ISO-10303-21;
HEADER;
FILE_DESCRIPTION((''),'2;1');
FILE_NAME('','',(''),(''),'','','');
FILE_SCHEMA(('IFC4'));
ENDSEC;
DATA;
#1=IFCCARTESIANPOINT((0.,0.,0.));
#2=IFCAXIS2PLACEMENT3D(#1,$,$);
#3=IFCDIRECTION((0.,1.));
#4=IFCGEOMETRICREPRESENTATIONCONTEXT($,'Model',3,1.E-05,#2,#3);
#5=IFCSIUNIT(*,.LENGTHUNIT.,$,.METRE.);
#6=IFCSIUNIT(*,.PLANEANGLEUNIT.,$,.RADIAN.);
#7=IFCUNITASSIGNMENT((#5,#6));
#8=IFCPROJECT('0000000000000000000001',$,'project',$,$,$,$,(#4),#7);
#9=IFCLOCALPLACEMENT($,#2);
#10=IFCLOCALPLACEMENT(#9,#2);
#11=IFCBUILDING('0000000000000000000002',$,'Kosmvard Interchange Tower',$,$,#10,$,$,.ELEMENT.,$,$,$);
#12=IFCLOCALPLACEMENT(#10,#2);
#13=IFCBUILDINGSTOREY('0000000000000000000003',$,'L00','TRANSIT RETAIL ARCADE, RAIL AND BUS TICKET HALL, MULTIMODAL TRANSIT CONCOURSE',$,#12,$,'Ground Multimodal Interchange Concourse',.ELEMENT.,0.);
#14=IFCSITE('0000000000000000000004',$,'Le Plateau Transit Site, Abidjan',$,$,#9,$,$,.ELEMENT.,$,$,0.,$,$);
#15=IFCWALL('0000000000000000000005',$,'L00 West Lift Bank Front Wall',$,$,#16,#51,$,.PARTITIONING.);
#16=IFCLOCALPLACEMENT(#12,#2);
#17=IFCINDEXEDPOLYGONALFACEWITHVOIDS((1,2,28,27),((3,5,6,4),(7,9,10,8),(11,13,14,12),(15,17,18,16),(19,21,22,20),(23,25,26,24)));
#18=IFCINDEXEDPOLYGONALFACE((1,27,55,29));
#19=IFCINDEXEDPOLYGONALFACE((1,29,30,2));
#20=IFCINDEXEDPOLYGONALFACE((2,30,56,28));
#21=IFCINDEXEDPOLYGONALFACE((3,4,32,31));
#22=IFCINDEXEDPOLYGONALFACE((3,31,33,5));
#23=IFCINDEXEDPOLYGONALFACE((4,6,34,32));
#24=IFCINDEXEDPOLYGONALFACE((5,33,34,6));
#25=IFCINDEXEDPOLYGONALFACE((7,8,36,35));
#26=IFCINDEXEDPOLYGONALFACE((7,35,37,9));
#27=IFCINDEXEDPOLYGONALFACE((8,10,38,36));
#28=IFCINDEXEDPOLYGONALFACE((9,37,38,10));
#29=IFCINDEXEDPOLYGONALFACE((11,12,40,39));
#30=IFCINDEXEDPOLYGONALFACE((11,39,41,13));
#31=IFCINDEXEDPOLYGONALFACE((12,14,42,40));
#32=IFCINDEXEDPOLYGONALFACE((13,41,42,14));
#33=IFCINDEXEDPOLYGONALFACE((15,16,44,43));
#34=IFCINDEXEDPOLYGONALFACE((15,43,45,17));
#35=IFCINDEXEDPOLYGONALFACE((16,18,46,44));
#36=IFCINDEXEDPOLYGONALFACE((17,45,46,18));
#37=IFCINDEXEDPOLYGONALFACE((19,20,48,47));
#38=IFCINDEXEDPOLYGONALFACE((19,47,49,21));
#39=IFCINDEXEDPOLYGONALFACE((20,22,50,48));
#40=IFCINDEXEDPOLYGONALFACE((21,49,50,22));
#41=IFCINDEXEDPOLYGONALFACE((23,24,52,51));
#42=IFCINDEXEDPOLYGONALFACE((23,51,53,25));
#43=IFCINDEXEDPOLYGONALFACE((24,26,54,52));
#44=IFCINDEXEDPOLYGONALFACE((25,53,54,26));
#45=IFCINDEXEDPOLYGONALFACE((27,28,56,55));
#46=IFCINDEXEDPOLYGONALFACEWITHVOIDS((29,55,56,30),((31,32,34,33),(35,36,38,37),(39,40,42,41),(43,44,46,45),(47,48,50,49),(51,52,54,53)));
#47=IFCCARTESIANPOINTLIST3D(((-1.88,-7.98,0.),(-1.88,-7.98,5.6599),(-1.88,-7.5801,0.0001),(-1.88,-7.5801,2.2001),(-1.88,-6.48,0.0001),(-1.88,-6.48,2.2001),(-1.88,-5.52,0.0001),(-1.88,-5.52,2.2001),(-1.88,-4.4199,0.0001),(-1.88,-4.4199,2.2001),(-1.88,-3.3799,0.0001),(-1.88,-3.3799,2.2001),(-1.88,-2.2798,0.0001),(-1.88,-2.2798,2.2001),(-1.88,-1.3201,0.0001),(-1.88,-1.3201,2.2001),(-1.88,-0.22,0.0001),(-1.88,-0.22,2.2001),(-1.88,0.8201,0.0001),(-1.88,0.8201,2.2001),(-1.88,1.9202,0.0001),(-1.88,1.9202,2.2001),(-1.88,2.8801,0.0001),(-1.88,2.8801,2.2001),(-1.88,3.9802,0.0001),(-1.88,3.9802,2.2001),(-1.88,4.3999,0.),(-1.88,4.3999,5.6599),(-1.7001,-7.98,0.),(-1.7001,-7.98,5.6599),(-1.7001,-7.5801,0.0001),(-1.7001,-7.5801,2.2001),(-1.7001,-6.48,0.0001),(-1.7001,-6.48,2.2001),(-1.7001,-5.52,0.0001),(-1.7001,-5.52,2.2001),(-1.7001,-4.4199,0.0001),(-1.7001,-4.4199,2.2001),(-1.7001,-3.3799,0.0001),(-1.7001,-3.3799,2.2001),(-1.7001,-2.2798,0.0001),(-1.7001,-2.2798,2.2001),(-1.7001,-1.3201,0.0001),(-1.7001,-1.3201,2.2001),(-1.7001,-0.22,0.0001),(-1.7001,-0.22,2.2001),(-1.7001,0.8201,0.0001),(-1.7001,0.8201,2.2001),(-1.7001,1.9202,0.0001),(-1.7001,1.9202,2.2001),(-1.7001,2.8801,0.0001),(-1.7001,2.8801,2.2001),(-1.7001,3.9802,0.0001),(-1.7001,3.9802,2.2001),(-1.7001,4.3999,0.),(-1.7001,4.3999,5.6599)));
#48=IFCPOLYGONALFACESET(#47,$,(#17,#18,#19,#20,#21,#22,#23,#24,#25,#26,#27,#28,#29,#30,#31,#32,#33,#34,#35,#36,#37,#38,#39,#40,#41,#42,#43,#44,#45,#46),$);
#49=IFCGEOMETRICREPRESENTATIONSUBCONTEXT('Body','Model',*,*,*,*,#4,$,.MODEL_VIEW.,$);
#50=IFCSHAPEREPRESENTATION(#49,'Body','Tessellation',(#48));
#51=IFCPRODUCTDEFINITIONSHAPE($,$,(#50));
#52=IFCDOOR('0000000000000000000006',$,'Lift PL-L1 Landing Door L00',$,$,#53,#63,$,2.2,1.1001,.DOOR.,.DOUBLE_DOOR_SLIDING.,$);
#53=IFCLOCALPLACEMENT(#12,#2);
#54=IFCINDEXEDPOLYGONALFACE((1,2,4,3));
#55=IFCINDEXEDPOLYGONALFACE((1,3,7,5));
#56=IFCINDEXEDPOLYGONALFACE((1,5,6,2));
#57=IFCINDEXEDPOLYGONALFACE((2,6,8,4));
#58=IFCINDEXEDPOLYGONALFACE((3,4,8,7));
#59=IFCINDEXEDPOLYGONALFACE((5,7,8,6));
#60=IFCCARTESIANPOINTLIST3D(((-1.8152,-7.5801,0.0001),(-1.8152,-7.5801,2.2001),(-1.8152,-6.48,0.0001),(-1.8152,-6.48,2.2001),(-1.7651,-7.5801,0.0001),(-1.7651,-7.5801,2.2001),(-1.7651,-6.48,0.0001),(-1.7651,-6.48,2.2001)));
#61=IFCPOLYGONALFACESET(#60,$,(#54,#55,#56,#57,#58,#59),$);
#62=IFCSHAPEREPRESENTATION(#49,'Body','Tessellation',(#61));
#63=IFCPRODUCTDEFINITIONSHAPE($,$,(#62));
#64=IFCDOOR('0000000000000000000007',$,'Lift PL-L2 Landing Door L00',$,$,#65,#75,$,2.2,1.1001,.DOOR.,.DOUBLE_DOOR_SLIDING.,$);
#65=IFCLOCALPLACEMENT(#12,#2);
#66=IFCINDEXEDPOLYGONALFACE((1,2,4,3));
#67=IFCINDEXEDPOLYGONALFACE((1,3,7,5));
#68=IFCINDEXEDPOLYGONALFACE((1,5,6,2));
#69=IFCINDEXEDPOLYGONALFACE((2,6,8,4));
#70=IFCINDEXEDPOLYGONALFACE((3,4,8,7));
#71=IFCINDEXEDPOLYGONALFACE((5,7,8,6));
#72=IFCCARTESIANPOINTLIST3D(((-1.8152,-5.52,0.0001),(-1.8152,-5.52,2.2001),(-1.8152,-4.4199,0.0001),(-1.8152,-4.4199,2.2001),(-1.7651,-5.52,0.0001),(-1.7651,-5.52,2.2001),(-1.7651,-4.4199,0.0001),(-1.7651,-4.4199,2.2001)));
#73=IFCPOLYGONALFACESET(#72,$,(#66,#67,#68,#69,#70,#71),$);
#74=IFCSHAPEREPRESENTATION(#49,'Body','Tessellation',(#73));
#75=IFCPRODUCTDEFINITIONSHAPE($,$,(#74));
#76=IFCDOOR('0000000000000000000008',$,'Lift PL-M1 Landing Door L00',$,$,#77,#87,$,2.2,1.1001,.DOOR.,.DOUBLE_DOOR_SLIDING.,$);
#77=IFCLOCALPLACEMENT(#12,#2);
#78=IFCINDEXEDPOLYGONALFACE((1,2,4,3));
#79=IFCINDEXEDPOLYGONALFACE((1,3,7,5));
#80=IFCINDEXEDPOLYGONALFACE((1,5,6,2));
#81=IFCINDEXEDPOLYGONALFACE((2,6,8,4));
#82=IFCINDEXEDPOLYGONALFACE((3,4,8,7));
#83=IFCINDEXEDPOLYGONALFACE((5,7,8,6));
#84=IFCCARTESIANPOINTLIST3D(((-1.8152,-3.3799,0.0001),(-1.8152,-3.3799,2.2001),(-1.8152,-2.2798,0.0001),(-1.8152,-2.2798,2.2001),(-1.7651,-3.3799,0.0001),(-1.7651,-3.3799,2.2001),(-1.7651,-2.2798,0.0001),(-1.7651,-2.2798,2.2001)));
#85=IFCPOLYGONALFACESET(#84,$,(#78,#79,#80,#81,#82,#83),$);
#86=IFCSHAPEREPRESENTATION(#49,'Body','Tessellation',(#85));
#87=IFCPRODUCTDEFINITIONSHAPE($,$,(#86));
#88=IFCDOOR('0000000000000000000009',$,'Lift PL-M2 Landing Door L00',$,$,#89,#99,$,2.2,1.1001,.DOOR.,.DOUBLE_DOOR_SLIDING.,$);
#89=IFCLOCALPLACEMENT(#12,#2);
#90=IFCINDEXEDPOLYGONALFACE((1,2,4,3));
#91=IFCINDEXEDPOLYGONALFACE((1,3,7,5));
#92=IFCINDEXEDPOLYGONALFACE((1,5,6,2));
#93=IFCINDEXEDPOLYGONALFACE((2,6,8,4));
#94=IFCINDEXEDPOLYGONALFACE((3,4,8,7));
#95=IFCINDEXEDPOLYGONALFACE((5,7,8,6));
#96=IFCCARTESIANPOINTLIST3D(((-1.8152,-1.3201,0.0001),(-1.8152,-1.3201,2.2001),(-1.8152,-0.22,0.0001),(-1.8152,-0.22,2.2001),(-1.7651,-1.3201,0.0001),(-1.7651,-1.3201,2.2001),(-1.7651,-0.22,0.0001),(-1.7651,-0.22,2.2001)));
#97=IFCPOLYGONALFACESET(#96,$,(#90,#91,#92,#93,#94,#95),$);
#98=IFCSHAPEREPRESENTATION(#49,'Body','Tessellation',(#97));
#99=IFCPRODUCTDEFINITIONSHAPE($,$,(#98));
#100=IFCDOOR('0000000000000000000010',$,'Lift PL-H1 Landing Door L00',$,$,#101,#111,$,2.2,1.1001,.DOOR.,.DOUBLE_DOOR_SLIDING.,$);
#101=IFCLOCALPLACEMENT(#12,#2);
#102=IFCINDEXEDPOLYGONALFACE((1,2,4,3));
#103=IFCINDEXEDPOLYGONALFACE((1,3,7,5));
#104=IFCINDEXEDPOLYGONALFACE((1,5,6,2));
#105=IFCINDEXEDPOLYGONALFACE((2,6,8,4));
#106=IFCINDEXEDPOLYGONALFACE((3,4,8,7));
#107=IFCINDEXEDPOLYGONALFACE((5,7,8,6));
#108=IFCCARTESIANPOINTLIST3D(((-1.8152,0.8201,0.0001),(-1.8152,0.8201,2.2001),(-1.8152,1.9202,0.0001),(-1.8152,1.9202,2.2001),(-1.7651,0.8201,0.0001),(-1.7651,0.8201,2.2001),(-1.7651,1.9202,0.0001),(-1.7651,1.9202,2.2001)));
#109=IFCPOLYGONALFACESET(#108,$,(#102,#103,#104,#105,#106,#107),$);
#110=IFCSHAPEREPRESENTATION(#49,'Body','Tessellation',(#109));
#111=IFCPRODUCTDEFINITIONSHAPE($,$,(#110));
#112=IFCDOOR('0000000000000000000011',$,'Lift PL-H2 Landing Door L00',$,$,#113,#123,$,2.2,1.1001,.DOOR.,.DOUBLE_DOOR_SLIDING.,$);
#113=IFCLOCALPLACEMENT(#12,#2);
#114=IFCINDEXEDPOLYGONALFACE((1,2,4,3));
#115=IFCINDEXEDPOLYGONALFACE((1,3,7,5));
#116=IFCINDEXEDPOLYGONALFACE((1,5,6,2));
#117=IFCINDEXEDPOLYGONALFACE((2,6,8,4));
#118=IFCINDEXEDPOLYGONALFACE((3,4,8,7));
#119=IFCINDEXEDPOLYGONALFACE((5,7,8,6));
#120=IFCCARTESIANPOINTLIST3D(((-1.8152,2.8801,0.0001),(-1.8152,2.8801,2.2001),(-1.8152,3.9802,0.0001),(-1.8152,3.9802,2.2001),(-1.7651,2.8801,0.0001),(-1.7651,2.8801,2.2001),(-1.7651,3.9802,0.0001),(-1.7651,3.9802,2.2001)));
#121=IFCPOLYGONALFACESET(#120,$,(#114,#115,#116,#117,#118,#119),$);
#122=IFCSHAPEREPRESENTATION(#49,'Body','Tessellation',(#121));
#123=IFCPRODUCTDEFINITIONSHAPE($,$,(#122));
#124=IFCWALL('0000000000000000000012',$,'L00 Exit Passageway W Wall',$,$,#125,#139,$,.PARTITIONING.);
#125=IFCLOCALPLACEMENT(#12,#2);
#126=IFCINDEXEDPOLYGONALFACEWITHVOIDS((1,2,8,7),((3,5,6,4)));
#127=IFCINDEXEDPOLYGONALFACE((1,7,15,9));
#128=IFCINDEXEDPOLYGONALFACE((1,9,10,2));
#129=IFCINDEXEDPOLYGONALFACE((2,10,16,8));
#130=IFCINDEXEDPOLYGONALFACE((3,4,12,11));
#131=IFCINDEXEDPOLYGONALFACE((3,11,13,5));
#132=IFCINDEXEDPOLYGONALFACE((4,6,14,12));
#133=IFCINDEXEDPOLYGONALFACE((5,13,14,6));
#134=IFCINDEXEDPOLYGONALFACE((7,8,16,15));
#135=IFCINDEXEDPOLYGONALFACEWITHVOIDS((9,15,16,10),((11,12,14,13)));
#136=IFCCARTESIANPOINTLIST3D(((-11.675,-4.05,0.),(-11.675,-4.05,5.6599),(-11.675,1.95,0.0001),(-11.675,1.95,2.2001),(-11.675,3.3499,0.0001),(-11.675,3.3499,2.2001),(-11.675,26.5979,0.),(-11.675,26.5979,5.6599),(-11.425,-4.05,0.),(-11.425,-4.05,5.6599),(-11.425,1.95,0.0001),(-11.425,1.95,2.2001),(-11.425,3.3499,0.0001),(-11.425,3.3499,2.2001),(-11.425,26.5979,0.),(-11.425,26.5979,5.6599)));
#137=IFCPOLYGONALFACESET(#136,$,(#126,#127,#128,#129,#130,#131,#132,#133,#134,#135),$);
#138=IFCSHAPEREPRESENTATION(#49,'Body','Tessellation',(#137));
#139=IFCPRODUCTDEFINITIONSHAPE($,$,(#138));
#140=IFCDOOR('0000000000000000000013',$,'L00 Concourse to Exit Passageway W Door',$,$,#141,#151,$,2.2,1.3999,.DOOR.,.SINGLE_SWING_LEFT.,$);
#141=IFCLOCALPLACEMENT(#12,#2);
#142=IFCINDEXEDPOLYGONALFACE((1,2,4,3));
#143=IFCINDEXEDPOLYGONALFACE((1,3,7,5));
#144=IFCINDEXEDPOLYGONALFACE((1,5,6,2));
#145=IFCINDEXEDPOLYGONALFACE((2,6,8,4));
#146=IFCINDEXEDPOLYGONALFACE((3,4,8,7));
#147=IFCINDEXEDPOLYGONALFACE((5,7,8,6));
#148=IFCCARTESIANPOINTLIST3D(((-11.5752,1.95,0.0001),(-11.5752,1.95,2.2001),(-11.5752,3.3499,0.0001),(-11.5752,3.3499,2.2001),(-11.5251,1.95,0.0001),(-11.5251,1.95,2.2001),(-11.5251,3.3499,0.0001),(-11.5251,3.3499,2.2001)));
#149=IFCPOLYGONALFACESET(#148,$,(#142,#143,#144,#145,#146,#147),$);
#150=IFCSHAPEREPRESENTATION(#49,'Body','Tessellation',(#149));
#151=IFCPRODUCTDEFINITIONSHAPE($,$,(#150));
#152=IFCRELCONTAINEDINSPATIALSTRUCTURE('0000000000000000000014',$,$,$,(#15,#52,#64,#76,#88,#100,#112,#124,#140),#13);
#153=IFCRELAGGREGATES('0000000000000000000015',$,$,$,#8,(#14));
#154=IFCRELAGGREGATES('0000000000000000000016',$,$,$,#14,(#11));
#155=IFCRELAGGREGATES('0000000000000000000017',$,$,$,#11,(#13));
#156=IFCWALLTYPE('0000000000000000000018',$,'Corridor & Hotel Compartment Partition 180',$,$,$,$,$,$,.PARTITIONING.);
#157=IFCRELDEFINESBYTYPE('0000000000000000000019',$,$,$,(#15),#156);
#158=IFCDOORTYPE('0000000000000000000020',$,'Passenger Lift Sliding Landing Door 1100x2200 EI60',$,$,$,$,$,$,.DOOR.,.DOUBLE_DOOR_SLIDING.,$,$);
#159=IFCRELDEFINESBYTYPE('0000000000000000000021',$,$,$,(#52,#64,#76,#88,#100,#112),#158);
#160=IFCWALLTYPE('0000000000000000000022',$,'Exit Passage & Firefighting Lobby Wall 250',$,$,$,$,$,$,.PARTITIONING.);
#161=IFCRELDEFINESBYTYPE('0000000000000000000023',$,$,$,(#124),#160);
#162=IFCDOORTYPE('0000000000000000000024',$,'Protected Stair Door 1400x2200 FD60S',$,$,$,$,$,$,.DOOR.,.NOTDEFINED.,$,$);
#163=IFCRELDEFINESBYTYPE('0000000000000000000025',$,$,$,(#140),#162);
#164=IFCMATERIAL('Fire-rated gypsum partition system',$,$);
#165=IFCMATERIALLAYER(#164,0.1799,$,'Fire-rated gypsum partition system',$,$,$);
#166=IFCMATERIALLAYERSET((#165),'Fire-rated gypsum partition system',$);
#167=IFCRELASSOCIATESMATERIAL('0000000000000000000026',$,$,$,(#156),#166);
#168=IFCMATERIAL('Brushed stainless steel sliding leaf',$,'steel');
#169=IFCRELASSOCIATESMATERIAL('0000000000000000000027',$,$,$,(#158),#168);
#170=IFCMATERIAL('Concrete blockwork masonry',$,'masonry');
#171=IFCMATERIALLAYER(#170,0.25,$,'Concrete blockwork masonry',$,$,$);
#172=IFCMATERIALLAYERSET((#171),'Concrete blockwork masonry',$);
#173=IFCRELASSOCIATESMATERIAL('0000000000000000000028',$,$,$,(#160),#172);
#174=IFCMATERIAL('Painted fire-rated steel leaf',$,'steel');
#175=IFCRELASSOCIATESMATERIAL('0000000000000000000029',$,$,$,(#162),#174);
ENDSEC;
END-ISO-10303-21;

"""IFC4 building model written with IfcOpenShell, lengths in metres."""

from ifc_helpers import new_model, si_unit, direction, frame, frame_2d, origin, place, context, subcontext, project, spatial, rectangle, extrude, source, transform, mapped, material, layer, layer_set, type_object, element, fill, save


model = new_model("IFC4")

# Units and contexts
model_context = context("Model", 3, precision=1e-05, world=origin(), true_north=direction((0.0, 1.0)))
body_context = subcontext(model_context, "Body", "Model", "MODEL_VIEW")
ifc_project = project(units=[si_unit("LENGTHUNIT", "METRE"), si_unit("PLANEANGLEUNIT", "RADIAN")], contexts=[model_context])

# Site, building, storey
site_placement = place(None, origin())
site = spatial("IfcSite", under=ifc_project, at=site_placement, Name="Le Plateau Transit Site, Abidjan", CompositionType="ELEMENT", RefElevation=0.0)
building_placement = place(site_placement, origin())
building = spatial("IfcBuilding", under=site, at=building_placement, Name="Kosmvard Interchange Tower", CompositionType="ELEMENT")
storey_placement = place(building_placement, origin())
storey = spatial("IfcBuildingStorey", under=building, at=storey_placement, Name="L00", Description="TRANSIT RETAIL ARCADE, RAIL AND BUS TICKET HALL, MULTIMODAL TRANSIT CONCOURSE", LongName="Ground Multimodal Interchange Concourse", CompositionType="ELEMENT", Elevation=0.0)

# Wall, openings, doors
ifc_material_1 = material(Name="Fire-rated gypsum partition system")
ifc_layer_1 = layer(ifc_material_1, 0.1799, Name="Fire-rated gypsum partition system")
ifc_layer_set_1 = layer_set([ifc_layer_1], Name="Fire-rated gypsum partition system")
wall_type_1 = type_object("IfcWallType", Name="Corridor & Hotel Compartment Partition 180", PredefinedType="PARTITIONING", material=ifc_layer_set_1)
wall_1_placement = place(storey_placement, frame((-1.79, -7.98, 0.0), z_axis=(0.0, 0.0, 1.0), x_axis=(0.0, 1.0, 0.0)))
wall_1 = element("IfcWall", 1, at=wall_1_placement, inside=storey, type_object=wall_type_1, Name="L00 West Lift Bank Front Wall", PredefinedType="PARTITIONING", context=body_context, shape_type="SweptSolid", body=[
    extrude(rectangle(XDim=12.3799, YDim=0.1799, at=frame_2d((6.1899, 0.0))), origin(), (0.0, 0.0, 1.0), 5.6599),
])
opening_1_placement = place(wall_1_placement, frame((0.3999, 0.0, 0.0)))
opening_1 = element("IfcOpeningElement", 2, at=opening_1_placement, cuts=wall_1, PredefinedType="OPENING", context=body_context, shape_type="SweptSolid", body=[
    extrude(rectangle(XDim=1.1001, YDim=2.2, at=frame_2d((0.55, 1.1001))), frame((0.0, 0.1001, 0.0), z_axis=(0.0, -1.0, 0.0), x_axis=(1.0, 0.0, 0.0)), (0.0, 0.0, 1.0), 0.2),
])
opening_2_placement = place(wall_1_placement, frame((2.46, 0.0, 0.0)))
opening_2 = element("IfcOpeningElement", 3, at=opening_2_placement, cuts=wall_1, PredefinedType="OPENING", context=body_context, shape_type="SweptSolid", body=[
    extrude(rectangle(XDim=1.1001, YDim=2.2, at=frame_2d((0.55, 1.1001))), frame((0.0, 0.1001, 0.0), z_axis=(0.0, -1.0, 0.0), x_axis=(1.0, 0.0, 0.0)), (0.0, 0.0, 1.0), 0.2),
])
opening_3_placement = place(wall_1_placement, frame((4.6001, 0.0, 0.0)))
opening_3 = element("IfcOpeningElement", 4, at=opening_3_placement, cuts=wall_1, PredefinedType="OPENING", context=body_context, shape_type="SweptSolid", body=[
    extrude(rectangle(XDim=1.1001, YDim=2.2, at=frame_2d((0.55, 1.1001))), frame((0.0, 0.1001, 0.0), z_axis=(0.0, -1.0, 0.0), x_axis=(1.0, 0.0, 0.0)), (0.0, 0.0, 1.0), 0.2),
])
opening_4_placement = place(wall_1_placement, frame((6.6599, 0.0, 0.0)))
opening_4 = element("IfcOpeningElement", 5, at=opening_4_placement, cuts=wall_1, PredefinedType="OPENING", context=body_context, shape_type="SweptSolid", body=[
    extrude(rectangle(XDim=1.1001, YDim=2.2, at=frame_2d((0.55, 1.1001))), frame((0.0, 0.1001, 0.0), z_axis=(0.0, -1.0, 0.0), x_axis=(1.0, 0.0, 0.0)), (0.0, 0.0, 1.0), 0.2),
])
opening_5_placement = place(wall_1_placement, frame((8.8, 0.0, 0.0)))
opening_5 = element("IfcOpeningElement", 6, at=opening_5_placement, cuts=wall_1, PredefinedType="OPENING", context=body_context, shape_type="SweptSolid", body=[
    extrude(rectangle(XDim=1.1001, YDim=2.2, at=frame_2d((0.55, 1.1001))), frame((0.0, 0.1001, 0.0), z_axis=(0.0, -1.0, 0.0), x_axis=(1.0, 0.0, 0.0)), (0.0, 0.0, 1.0), 0.2),
])
opening_6_placement = place(wall_1_placement, frame((10.8601, 0.0, 0.0)))
opening_6 = element("IfcOpeningElement", 7, at=opening_6_placement, cuts=wall_1, PredefinedType="OPENING", context=body_context, shape_type="SweptSolid", body=[
    extrude(rectangle(XDim=1.1001, YDim=2.2, at=frame_2d((0.55, 1.1001))), frame((0.0, 0.1001, 0.0), z_axis=(0.0, -1.0, 0.0), x_axis=(1.0, 0.0, 0.0)), (0.0, 0.0, 1.0), 0.2),
])
ifc_material_2 = material(Name="Brushed stainless steel sliding leaf", Category="steel")
door_type_1 = type_object("IfcDoorType", Name="Passenger Lift Sliding Landing Door 1100x2200 EI60", OperationType="DOUBLE_DOOR_SLIDING", PredefinedType="DOOR", material=ifc_material_2)
shared_shape_1 = source(origin(), body_context, "Body", "SweptSolid", [
    extrude(rectangle(XDim=1.1001, YDim=2.2, at=frame_2d((0.55, 1.1001))), frame((0.0, 0.0249, 0.0), z_axis=(0.0, -1.0, 0.0), x_axis=(1.0, 0.0, 0.0)), (0.0, 0.0, 1.0), 0.05),
])
door_1_placement = place(opening_1_placement, frame((1.1001, 0.0, 0.0), z_axis=(0.0, 0.0, 1.0), x_axis=(-1.0, 0.0, 0.0)))
door_1 = element("IfcDoor", 8, at=door_1_placement, inside=storey, type_object=door_type_1, Name="Lift PL-L1 Landing Door L00", OperationType="DOUBLE_DOOR_SLIDING", OverallHeight=2.2, OverallWidth=1.1001, PredefinedType="DOOR", context=body_context, shape_type="MappedRepresentation", body=[
    mapped(shared_shape_1, transform((0.0, 0.0, 0.0), scale=1.0)),
])
fill(opening_1, door_1)
door_2_placement = place(opening_2_placement, frame((1.1001, 0.0, 0.0), z_axis=(0.0, 0.0, 1.0), x_axis=(-1.0, 0.0, 0.0)))
door_2 = element("IfcDoor", 9, at=door_2_placement, inside=storey, type_object=door_type_1, Name="Lift PL-L2 Landing Door L00", OperationType="DOUBLE_DOOR_SLIDING", OverallHeight=2.2, OverallWidth=1.1001, PredefinedType="DOOR", context=body_context, shape_type="MappedRepresentation", body=[
    mapped(shared_shape_1, transform((0.0, 0.0, 0.0), scale=1.0)),
])
fill(opening_2, door_2)
door_3_placement = place(opening_3_placement, frame((1.1001, 0.0, 0.0), z_axis=(0.0, 0.0, 1.0), x_axis=(-1.0, 0.0, 0.0)))
door_3 = element("IfcDoor", 10, at=door_3_placement, inside=storey, type_object=door_type_1, Name="Lift PL-M1 Landing Door L00", OperationType="DOUBLE_DOOR_SLIDING", OverallHeight=2.2, OverallWidth=1.1001, PredefinedType="DOOR", context=body_context, shape_type="MappedRepresentation", body=[
    mapped(shared_shape_1, transform((0.0, 0.0, 0.0), scale=1.0)),
])
fill(opening_3, door_3)
door_4_placement = place(opening_4_placement, frame((1.1001, 0.0, 0.0), z_axis=(0.0, 0.0, 1.0), x_axis=(-1.0, 0.0, 0.0)))
door_4 = element("IfcDoor", 11, at=door_4_placement, inside=storey, type_object=door_type_1, Name="Lift PL-M2 Landing Door L00", OperationType="DOUBLE_DOOR_SLIDING", OverallHeight=2.2, OverallWidth=1.1001, PredefinedType="DOOR", context=body_context, shape_type="MappedRepresentation", body=[
    mapped(shared_shape_1, transform((0.0, 0.0, 0.0), scale=1.0)),
])
fill(opening_4, door_4)
door_5_placement = place(opening_5_placement, frame((1.1001, 0.0, 0.0), z_axis=(0.0, 0.0, 1.0), x_axis=(-1.0, 0.0, 0.0)))
door_5 = element("IfcDoor", 12, at=door_5_placement, inside=storey, type_object=door_type_1, Name="Lift PL-H1 Landing Door L00", OperationType="DOUBLE_DOOR_SLIDING", OverallHeight=2.2, OverallWidth=1.1001, PredefinedType="DOOR", context=body_context, shape_type="MappedRepresentation", body=[
    mapped(shared_shape_1, transform((0.0, 0.0, 0.0), scale=1.0)),
])
fill(opening_5, door_5)
door_6_placement = place(opening_6_placement, frame((1.1001, 0.0, 0.0), z_axis=(0.0, 0.0, 1.0), x_axis=(-1.0, 0.0, 0.0)))
door_6 = element("IfcDoor", 13, at=door_6_placement, inside=storey, type_object=door_type_1, Name="Lift PL-H2 Landing Door L00", OperationType="DOUBLE_DOOR_SLIDING", OverallHeight=2.2, OverallWidth=1.1001, PredefinedType="DOOR", context=body_context, shape_type="MappedRepresentation", body=[
    mapped(shared_shape_1, transform((0.0, 0.0, 0.0), scale=1.0)),
])
fill(opening_6, door_6)

# Wall, opening, door
ifc_material_3 = material(Name="Concrete blockwork masonry", Category="masonry")
ifc_layer_2 = layer(ifc_material_3, 0.25, Name="Concrete blockwork masonry")
ifc_layer_set_2 = layer_set([ifc_layer_2], Name="Concrete blockwork masonry")
wall_type_2 = type_object("IfcWallType", Name="Exit Passage & Firefighting Lobby Wall 250", PredefinedType="PARTITIONING", material=ifc_layer_set_2)
wall_2_placement = place(storey_placement, frame((-11.55, -4.05, 0.0), z_axis=(0.0, 0.0, 1.0), x_axis=(0.0, 1.0, 0.0)))
wall_2 = element("IfcWall", 14, at=wall_2_placement, inside=storey, type_object=wall_type_2, Name="L00 Exit Passageway W Wall", PredefinedType="PARTITIONING", context=body_context, shape_type="SweptSolid", body=[
    extrude(rectangle(XDim=30.6479, YDim=0.25, at=frame_2d((15.324, 0.0))), origin(), (0.0, 0.0, 1.0), 5.6599),
])
opening_7_placement = place(wall_2_placement, frame((6.0, 0.0, 0.0)))
opening_7 = element("IfcOpeningElement", 15, at=opening_7_placement, cuts=wall_2, PredefinedType="OPENING", context=body_context, shape_type="SweptSolid", body=[
    extrude(rectangle(XDim=1.3999, YDim=2.2, at=frame_2d((0.7, 1.1001))), frame((0.0, 0.135, 0.0), z_axis=(0.0, -1.0, 0.0), x_axis=(1.0, 0.0, 0.0)), (0.0, 0.0, 1.0), 0.27),
])
ifc_material_4 = material(Name="Painted fire-rated steel leaf", Category="steel")
door_type_2 = type_object("IfcDoorType", Name="Protected Stair Door 1400x2200 FD60S", OperationType="NOTDEFINED", PredefinedType="DOOR", material=ifc_material_4)
shared_shape_2 = source(origin(), body_context, "Body", "SweptSolid", [
    extrude(rectangle(XDim=1.3999, YDim=2.2, at=frame_2d((0.7, 1.1001))), frame((0.0, 0.0249, 0.0), z_axis=(0.0, -1.0, 0.0), x_axis=(1.0, 0.0, 0.0)), (0.0, 0.0, 1.0), 0.05),
])
door_7_placement = place(opening_7_placement, frame((1.3999, 0.0, 0.0), z_axis=(0.0, 0.0, 1.0), x_axis=(-1.0, 0.0, 0.0)))
door_7 = element("IfcDoor", 16, at=door_7_placement, inside=storey, type_object=door_type_2, Name="L00 Concourse to Exit Passageway W Door", OperationType="SINGLE_SWING_LEFT", OverallHeight=2.2, OverallWidth=1.3999, PredefinedType="DOOR", context=body_context, shape_type="MappedRepresentation", body=[
    mapped(shared_shape_2, transform((0.0, 0.0, 0.0), scale=1.0)),
])
fill(opening_7, door_7)

save(model, "model.ifc")
